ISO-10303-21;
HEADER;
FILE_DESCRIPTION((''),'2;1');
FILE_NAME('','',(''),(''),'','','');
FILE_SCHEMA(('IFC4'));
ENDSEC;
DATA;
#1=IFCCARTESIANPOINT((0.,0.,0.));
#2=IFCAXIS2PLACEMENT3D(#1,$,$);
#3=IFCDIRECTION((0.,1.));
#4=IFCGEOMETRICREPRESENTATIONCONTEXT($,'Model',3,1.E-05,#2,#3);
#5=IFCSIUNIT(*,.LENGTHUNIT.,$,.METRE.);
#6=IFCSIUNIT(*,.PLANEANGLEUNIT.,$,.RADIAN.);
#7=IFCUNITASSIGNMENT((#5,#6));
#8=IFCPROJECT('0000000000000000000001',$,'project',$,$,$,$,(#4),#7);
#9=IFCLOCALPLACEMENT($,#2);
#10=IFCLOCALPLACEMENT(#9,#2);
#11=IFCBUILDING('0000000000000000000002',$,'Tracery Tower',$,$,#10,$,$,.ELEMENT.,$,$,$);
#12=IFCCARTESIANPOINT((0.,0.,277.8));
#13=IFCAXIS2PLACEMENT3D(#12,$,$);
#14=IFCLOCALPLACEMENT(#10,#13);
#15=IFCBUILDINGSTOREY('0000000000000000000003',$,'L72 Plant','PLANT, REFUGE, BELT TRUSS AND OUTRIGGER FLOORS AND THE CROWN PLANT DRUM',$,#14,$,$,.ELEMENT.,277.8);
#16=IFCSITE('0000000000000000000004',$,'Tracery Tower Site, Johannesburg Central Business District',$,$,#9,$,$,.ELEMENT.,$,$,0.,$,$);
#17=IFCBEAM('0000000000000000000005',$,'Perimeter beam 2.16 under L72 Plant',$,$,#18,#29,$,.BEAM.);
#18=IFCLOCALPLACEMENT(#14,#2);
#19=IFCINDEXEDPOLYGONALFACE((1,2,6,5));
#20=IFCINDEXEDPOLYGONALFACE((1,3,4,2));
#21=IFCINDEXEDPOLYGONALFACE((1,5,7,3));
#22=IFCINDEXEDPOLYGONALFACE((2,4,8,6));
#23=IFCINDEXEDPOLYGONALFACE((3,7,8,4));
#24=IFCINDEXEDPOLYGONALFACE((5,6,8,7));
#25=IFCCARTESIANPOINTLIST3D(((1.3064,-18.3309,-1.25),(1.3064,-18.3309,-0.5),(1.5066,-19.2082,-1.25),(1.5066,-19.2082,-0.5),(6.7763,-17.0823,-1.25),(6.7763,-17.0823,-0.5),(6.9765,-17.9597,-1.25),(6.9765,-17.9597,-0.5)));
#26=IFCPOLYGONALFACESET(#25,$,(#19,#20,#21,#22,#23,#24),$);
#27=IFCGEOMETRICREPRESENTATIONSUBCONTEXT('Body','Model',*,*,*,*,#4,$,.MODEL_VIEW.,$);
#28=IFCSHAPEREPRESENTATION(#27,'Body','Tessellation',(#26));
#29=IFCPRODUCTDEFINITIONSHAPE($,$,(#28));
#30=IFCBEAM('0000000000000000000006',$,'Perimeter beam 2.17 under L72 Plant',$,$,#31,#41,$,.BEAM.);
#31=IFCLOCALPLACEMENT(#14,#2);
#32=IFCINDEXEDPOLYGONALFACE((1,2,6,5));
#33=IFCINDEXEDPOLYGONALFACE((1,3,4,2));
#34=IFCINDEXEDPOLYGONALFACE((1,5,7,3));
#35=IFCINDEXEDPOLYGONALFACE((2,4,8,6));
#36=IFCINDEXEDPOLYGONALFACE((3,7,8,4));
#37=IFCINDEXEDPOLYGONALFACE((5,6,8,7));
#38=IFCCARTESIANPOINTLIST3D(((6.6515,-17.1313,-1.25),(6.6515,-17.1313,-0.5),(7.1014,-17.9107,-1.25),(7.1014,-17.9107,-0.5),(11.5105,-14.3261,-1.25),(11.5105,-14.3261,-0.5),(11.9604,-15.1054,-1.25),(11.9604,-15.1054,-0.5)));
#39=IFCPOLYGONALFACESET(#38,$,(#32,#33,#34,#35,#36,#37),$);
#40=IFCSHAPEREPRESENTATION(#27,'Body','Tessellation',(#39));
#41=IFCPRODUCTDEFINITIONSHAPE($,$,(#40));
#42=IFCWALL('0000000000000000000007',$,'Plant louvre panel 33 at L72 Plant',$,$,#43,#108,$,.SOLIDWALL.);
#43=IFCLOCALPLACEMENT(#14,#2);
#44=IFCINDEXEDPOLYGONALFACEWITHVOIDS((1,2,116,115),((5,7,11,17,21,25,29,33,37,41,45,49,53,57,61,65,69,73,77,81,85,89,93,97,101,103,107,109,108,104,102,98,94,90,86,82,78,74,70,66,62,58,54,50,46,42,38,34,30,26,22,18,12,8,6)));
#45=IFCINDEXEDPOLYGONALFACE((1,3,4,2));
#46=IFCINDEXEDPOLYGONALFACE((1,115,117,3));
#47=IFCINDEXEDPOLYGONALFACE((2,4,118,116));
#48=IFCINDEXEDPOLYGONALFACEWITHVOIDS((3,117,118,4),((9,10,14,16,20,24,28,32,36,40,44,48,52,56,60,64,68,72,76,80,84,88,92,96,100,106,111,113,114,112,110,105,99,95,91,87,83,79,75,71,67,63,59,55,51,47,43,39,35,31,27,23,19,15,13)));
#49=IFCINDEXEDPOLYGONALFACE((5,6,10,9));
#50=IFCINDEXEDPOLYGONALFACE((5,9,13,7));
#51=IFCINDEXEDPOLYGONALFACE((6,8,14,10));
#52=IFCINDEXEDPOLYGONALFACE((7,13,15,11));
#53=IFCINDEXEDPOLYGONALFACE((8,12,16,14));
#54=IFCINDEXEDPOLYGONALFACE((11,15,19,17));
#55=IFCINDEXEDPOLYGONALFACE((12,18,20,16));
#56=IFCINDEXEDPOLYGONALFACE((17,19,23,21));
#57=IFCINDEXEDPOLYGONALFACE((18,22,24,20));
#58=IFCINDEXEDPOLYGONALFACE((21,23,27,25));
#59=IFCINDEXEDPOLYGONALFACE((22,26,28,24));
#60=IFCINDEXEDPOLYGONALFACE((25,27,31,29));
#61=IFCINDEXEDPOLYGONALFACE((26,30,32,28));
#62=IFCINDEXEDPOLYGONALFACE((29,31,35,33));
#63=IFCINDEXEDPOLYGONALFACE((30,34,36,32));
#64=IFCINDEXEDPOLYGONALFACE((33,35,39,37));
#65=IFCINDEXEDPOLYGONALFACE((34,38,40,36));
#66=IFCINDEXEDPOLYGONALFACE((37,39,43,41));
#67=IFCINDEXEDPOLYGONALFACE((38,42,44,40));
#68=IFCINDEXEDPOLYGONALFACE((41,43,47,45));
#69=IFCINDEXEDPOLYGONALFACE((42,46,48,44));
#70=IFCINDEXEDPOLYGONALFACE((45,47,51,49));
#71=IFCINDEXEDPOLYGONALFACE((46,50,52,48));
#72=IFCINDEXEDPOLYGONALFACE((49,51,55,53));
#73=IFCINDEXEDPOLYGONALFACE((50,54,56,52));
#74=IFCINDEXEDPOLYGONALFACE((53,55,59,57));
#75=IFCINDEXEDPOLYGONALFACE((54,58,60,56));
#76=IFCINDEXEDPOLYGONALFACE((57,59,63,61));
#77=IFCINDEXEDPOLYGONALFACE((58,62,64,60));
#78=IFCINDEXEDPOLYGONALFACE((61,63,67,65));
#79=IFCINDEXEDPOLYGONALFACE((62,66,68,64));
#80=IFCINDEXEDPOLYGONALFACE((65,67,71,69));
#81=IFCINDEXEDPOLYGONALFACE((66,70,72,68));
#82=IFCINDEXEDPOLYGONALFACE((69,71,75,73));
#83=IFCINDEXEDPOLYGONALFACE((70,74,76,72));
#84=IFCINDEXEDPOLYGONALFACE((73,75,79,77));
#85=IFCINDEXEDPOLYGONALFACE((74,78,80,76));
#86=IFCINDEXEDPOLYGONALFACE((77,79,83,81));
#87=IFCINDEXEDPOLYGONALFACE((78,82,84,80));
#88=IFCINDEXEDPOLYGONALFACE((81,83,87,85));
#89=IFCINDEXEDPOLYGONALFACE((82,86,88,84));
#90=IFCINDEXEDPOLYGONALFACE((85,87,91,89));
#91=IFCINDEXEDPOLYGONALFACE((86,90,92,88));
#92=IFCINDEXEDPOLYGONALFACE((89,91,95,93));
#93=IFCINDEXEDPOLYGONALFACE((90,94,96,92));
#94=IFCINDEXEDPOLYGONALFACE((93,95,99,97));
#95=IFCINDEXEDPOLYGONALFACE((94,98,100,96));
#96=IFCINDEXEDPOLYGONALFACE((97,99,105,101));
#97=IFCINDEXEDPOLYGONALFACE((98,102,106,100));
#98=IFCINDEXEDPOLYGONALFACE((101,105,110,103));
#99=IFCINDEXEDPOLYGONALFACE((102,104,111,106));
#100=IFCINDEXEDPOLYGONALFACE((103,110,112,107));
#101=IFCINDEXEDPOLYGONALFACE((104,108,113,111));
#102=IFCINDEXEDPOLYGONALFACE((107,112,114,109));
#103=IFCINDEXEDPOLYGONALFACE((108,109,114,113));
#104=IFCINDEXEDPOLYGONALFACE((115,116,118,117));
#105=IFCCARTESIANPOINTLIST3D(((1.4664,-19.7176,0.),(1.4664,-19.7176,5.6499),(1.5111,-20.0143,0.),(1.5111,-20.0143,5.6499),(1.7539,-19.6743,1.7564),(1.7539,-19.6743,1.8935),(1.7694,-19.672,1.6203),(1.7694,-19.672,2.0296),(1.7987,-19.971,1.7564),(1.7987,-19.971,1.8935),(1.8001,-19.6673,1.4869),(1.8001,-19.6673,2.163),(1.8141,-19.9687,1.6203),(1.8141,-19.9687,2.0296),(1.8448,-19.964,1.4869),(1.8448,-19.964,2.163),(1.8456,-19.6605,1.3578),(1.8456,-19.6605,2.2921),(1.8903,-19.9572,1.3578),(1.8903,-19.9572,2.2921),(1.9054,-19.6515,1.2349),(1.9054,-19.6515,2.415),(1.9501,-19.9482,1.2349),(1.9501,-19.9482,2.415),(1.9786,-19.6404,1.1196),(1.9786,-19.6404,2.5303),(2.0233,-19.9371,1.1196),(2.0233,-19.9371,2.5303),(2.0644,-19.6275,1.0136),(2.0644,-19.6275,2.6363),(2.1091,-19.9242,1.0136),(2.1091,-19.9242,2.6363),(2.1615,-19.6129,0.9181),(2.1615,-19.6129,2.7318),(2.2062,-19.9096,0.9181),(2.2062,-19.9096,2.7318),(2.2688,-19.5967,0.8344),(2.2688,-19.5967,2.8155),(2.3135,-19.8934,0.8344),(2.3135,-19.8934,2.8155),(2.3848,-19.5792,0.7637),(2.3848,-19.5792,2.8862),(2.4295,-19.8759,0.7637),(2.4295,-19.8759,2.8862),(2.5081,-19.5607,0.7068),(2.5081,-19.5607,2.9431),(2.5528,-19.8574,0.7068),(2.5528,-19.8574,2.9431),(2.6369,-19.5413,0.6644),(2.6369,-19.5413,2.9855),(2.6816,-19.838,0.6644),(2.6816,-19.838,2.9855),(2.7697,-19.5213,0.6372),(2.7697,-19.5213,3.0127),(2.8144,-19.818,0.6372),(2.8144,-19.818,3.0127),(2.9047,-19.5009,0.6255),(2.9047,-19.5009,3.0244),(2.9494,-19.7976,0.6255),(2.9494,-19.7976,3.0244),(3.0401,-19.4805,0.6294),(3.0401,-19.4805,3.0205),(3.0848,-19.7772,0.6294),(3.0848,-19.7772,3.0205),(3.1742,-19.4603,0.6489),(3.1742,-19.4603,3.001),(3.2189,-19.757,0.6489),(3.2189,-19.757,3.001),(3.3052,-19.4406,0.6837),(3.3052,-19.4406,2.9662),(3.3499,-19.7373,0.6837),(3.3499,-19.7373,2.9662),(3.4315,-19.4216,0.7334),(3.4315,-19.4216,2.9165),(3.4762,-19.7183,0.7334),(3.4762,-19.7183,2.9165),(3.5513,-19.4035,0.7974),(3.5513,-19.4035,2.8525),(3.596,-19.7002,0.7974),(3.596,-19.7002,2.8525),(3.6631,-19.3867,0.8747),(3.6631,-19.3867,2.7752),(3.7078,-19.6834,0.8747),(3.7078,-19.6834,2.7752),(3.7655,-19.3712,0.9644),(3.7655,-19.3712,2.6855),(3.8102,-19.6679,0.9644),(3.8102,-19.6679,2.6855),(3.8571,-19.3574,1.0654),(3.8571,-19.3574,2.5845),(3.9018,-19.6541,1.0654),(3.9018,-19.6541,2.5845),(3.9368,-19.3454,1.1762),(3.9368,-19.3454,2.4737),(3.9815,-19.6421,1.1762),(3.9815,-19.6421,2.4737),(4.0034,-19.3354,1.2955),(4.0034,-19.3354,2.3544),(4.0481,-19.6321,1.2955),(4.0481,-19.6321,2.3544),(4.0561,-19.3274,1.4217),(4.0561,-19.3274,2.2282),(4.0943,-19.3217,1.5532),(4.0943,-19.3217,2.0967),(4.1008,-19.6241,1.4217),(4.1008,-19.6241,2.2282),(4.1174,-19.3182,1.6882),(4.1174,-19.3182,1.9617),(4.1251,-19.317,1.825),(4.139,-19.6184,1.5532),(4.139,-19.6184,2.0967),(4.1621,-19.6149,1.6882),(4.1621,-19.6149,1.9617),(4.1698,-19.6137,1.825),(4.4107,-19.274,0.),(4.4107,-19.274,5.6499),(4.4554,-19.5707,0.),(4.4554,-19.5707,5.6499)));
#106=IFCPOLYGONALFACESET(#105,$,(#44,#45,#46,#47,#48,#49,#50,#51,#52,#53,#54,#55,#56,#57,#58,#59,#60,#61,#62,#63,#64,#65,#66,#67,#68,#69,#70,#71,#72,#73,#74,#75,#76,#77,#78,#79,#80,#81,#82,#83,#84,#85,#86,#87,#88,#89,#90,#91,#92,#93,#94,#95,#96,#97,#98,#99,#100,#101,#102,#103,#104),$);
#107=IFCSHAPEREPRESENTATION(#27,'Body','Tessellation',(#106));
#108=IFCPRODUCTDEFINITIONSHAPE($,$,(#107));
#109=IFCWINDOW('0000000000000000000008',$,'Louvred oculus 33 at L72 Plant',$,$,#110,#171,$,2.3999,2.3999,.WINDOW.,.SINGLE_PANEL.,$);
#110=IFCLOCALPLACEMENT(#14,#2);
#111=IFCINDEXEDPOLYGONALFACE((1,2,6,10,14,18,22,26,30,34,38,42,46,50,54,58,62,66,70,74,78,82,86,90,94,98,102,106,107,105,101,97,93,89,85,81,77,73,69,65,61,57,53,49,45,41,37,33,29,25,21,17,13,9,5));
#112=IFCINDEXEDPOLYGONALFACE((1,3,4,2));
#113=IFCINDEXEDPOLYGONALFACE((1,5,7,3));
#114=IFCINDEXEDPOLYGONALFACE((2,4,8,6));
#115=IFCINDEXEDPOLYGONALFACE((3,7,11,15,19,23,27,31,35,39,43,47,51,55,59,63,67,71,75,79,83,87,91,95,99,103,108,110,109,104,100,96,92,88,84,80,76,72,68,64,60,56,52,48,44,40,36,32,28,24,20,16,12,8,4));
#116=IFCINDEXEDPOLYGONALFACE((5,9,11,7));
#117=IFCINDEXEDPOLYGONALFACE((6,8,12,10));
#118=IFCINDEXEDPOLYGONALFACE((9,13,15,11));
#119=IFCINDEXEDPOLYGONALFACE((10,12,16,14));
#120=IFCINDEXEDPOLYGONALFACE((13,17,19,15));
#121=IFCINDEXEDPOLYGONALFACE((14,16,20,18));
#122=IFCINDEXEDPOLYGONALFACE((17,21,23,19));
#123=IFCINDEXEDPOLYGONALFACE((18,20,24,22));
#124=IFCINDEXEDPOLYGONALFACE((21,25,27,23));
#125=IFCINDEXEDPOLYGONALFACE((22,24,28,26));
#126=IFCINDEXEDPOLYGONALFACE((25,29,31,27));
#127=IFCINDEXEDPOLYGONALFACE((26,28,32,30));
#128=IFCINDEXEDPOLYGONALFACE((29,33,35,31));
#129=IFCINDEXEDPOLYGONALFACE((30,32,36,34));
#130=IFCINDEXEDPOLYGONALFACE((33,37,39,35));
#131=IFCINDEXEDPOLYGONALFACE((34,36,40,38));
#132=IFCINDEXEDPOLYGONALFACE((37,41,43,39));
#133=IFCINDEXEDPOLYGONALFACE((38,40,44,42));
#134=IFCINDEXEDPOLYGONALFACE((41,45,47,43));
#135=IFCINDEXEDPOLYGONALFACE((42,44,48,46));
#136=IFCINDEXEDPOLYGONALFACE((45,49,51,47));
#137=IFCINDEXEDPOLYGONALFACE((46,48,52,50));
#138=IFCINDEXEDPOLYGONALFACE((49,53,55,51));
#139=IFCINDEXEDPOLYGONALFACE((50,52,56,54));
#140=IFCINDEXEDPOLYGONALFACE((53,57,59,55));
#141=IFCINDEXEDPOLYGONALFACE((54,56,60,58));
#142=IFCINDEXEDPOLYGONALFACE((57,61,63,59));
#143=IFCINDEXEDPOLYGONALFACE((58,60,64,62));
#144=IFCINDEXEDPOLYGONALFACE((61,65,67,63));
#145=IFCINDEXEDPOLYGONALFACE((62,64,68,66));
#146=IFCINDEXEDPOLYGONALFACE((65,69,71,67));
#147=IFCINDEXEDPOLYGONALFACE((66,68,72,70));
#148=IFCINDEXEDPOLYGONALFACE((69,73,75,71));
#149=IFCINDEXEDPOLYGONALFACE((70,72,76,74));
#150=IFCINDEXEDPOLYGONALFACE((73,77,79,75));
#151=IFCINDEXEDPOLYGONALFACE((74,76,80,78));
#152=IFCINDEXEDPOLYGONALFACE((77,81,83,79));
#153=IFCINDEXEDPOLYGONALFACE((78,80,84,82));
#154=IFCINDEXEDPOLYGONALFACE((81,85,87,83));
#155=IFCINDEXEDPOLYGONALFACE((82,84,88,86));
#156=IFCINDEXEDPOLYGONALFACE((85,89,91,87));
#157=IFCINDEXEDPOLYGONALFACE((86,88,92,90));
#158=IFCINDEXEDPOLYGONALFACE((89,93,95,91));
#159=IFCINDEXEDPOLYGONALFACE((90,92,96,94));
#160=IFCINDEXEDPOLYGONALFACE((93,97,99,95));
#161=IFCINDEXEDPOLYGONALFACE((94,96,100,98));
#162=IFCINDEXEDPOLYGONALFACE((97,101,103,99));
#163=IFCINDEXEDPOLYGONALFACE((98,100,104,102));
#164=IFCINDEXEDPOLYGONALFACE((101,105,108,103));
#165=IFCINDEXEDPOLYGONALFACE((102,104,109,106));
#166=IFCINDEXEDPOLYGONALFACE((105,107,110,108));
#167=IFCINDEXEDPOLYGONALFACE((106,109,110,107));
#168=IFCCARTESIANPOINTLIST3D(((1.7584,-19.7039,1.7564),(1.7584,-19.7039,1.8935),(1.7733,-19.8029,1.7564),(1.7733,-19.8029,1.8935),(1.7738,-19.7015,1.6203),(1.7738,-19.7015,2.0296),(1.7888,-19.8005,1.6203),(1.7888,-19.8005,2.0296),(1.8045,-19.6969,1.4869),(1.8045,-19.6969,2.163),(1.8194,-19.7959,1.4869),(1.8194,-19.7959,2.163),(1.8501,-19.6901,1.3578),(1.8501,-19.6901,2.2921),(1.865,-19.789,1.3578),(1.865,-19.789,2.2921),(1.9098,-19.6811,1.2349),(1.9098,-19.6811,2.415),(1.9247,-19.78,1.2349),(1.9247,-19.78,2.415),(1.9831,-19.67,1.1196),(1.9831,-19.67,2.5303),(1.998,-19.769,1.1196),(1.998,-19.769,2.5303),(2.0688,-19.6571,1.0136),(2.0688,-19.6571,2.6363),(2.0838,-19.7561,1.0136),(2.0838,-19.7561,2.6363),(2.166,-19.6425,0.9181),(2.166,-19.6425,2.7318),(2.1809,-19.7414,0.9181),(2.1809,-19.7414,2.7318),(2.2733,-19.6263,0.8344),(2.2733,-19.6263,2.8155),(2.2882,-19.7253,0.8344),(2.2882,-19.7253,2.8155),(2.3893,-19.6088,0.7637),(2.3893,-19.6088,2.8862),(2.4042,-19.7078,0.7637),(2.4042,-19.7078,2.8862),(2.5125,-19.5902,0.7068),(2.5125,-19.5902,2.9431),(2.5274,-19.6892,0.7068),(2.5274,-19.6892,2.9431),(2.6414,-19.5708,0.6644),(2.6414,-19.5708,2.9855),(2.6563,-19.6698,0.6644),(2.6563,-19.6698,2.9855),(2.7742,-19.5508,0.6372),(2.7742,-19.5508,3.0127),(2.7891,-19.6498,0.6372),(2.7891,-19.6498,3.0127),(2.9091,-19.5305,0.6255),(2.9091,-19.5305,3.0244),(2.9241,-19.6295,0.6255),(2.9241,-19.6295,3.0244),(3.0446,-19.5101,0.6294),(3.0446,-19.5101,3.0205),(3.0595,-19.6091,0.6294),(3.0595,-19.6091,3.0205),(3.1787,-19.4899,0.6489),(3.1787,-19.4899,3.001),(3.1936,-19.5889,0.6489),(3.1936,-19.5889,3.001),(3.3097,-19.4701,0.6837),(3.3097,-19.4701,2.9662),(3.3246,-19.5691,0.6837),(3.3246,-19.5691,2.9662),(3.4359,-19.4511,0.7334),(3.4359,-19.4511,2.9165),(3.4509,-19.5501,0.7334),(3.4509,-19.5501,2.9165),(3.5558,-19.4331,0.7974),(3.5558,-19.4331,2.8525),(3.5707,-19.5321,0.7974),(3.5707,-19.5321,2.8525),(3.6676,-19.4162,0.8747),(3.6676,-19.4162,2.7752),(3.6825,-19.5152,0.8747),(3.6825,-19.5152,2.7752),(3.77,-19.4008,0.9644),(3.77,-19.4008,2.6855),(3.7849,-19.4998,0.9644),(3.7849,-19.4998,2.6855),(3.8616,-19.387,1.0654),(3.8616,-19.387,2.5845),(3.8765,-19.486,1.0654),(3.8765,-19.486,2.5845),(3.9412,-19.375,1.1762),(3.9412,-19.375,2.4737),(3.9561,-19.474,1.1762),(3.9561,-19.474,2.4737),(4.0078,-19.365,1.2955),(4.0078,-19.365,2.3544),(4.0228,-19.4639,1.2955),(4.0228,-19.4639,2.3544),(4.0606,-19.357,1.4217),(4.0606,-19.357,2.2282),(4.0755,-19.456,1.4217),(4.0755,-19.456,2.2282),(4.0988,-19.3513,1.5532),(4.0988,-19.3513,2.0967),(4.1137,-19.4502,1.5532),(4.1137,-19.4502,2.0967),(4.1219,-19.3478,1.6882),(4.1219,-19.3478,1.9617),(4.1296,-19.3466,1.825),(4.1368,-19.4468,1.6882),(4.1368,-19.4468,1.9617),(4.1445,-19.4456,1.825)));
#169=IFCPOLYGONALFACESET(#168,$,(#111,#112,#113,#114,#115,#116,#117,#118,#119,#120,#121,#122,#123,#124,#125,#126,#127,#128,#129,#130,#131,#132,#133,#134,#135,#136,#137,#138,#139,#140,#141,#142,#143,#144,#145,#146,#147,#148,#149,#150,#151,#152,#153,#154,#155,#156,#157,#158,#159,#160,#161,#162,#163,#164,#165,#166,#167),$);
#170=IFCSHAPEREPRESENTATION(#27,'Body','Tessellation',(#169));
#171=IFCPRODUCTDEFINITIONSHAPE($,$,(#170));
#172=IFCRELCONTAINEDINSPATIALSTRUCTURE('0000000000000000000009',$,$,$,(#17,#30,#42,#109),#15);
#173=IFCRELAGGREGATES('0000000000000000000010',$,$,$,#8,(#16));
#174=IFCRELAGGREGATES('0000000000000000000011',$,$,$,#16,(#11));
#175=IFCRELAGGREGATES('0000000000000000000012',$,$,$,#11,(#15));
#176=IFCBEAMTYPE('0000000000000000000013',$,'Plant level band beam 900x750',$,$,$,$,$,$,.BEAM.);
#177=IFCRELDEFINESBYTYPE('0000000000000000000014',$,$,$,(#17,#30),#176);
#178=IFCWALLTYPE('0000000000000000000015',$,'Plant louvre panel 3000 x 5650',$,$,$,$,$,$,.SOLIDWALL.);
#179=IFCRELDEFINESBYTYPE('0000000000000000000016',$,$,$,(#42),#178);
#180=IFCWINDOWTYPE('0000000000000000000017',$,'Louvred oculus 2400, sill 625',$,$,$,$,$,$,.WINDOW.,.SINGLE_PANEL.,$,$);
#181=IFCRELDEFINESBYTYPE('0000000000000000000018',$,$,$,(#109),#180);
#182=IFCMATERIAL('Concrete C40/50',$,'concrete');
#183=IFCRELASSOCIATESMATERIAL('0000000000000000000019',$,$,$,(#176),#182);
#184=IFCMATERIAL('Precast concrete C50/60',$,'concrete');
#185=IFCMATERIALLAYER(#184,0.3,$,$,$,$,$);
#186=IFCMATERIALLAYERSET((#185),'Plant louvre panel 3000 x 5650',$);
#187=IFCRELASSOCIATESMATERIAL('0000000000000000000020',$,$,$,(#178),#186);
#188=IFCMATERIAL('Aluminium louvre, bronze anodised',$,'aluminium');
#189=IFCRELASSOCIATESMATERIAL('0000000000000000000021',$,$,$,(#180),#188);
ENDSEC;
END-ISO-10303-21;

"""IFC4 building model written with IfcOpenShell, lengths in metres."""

from ifc_helpers import new_model, si_unit, direction, frame, frame_2d, origin, origin_2d, place, context, subcontext, project, spatial, rectangle, circle, extrude, material, layer, layer_set, material_profile, profile_set, type_object, element, fill, save


model = new_model("IFC4")

# Units and contexts
model_context = context("Model", 3, precision=1e-05, world=origin(), true_north=direction((0.0, 1.0)))
body_context = subcontext(model_context, "Body", "Model", "MODEL_VIEW")
ifc_project = project(units=[si_unit("LENGTHUNIT", "METRE"), si_unit("PLANEANGLEUNIT", "RADIAN")], contexts=[model_context])

# Site, building, storey
site_placement = place(None, origin())
site = spatial("IfcSite", under=ifc_project, at=site_placement, Name="Tracery Tower Site, Johannesburg Central Business District", CompositionType="ELEMENT", RefElevation=0.0)
building_placement = place(site_placement, origin())
building = spatial("IfcBuilding", under=site, at=building_placement, Name="Tracery Tower", CompositionType="ELEMENT")
storey_placement = place(building_placement, frame((0.0, 0.0, 277.8)))
storey = spatial("IfcBuildingStorey", under=building, at=storey_placement, Name="L72 Plant", Description="PLANT, REFUGE, BELT TRUSS AND OUTRIGGER FLOORS AND THE CROWN PLANT DRUM", CompositionType="ELEMENT", Elevation=277.8)

# Beams
ifc_material_1 = material(Name="Concrete C40/50", Category="concrete")
ifc_material_profile_1 = material_profile(ifc_material_1, rectangle(XDim=0.8999, YDim=0.75, at=origin_2d()), Name="RC 900x750")
ifc_profile_set_1 = profile_set([ifc_material_profile_1], Name="Concrete C40/50")
beam_type = type_object("IfcBeamType", Name="Plant level band beam 900x750", PredefinedType="BEAM", material=ifc_profile_set_1)
for number, where, z_axis, x_axis, name in (
    (1, (1.4065, -18.7695, -0.875), (0.974926, 0.222529, 0.0), (-0.222529, 0.974926, 0.0), "Perimeter beam 2.16 under L72 Plant"),
    (2, (6.8765, -17.521, -0.875), (0.866033, 0.499986, 0.0), (-0.499986, 0.866033, 0.0), "Perimeter beam 2.17 under L72 Plant"),
):
    element("IfcBeam", number, at=place(storey_placement, frame(where, z_axis=z_axis, x_axis=x_axis)), inside=storey, type_object=beam_type, Name=name, PredefinedType="BEAM", context=body_context, shape_type="SweptSolid", body=[
        extrude(rectangle(XDim=0.8999, YDim=0.75, at=origin_2d()), origin(), (0.0, 0.0, 1.0), 5.6106),
    ])

# Wall, opening, window
ifc_material_2 = material(Name="Precast concrete C50/60", Category="concrete")
ifc_layer_1 = layer(ifc_material_2, 0.3)
ifc_layer_set_1 = layer_set([ifc_layer_1], Name="Plant louvre panel 3000 x 5650")
wall_type_1 = type_object("IfcWallType", Name="Plant louvre panel 3000 x 5650", PredefinedType="SOLIDWALL", material=ifc_layer_set_1)
wall_1_placement = place(storey_placement, frame((1.4888, -19.866, 0.0), z_axis=(0.0, 0.0, 1.0), x_axis=(0.98884, 0.148982, 0.0)))
wall_1 = element("IfcWall", 3, at=wall_1_placement, inside=storey, type_object=wall_type_1, Name="Plant louvre panel 33 at L72 Plant", PredefinedType="SOLIDWALL", context=body_context, shape_type="SweptSolid", body=[
    extrude(rectangle(XDim=2.9775, YDim=0.3, at=frame_2d((1.4888, 0.0))), origin(), (0.0, 0.0, 1.0), 5.6499),
])
opening_1_placement = place(wall_1_placement, frame((1.4888, 0.0, 1.825)))
opening_1 = element("IfcOpeningElement", 4, at=opening_1_placement, cuts=wall_1, PredefinedType="OPENING", context=body_context, shape_type="SweptSolid", body=[
    extrude(circle(Radius=1.2, at=origin_2d()), frame((0.0, 0.1599, 0.0), z_axis=(0.0, -1.0, 0.0), x_axis=(1.0, 0.0, 0.0)), (0.0, 0.0, 1.0), 0.3201),
])
ifc_material_3 = material(Name="Aluminium louvre, bronze anodised", Category="aluminium")
window_type = type_object("IfcWindowType", Name="Louvred oculus 2400, sill 625", PartitioningType="SINGLE_PANEL", PredefinedType="WINDOW", material=ifc_material_3)
window_1_placement = place(opening_1_placement, origin())
window_1 = element("IfcWindow", 5, at=window_1_placement, inside=storey, type_object=window_type, Name="Louvred oculus 33 at L72 Plant", OverallHeight=2.3999, OverallWidth=2.3999, PartitioningType="SINGLE_PANEL", PredefinedType="WINDOW", context=body_context, shape_type="SweptSolid", body=[
    extrude(circle(Radius=1.2, at=origin_2d()), frame((0.0, 0.1201, 0.0), z_axis=(0.0, -1.0, 0.0), x_axis=(1.0, 0.0, 0.0)), (0.0, 0.0, 1.0), 0.1001),
])
fill(opening_1, window_1)

save(model, "model.ifc")
